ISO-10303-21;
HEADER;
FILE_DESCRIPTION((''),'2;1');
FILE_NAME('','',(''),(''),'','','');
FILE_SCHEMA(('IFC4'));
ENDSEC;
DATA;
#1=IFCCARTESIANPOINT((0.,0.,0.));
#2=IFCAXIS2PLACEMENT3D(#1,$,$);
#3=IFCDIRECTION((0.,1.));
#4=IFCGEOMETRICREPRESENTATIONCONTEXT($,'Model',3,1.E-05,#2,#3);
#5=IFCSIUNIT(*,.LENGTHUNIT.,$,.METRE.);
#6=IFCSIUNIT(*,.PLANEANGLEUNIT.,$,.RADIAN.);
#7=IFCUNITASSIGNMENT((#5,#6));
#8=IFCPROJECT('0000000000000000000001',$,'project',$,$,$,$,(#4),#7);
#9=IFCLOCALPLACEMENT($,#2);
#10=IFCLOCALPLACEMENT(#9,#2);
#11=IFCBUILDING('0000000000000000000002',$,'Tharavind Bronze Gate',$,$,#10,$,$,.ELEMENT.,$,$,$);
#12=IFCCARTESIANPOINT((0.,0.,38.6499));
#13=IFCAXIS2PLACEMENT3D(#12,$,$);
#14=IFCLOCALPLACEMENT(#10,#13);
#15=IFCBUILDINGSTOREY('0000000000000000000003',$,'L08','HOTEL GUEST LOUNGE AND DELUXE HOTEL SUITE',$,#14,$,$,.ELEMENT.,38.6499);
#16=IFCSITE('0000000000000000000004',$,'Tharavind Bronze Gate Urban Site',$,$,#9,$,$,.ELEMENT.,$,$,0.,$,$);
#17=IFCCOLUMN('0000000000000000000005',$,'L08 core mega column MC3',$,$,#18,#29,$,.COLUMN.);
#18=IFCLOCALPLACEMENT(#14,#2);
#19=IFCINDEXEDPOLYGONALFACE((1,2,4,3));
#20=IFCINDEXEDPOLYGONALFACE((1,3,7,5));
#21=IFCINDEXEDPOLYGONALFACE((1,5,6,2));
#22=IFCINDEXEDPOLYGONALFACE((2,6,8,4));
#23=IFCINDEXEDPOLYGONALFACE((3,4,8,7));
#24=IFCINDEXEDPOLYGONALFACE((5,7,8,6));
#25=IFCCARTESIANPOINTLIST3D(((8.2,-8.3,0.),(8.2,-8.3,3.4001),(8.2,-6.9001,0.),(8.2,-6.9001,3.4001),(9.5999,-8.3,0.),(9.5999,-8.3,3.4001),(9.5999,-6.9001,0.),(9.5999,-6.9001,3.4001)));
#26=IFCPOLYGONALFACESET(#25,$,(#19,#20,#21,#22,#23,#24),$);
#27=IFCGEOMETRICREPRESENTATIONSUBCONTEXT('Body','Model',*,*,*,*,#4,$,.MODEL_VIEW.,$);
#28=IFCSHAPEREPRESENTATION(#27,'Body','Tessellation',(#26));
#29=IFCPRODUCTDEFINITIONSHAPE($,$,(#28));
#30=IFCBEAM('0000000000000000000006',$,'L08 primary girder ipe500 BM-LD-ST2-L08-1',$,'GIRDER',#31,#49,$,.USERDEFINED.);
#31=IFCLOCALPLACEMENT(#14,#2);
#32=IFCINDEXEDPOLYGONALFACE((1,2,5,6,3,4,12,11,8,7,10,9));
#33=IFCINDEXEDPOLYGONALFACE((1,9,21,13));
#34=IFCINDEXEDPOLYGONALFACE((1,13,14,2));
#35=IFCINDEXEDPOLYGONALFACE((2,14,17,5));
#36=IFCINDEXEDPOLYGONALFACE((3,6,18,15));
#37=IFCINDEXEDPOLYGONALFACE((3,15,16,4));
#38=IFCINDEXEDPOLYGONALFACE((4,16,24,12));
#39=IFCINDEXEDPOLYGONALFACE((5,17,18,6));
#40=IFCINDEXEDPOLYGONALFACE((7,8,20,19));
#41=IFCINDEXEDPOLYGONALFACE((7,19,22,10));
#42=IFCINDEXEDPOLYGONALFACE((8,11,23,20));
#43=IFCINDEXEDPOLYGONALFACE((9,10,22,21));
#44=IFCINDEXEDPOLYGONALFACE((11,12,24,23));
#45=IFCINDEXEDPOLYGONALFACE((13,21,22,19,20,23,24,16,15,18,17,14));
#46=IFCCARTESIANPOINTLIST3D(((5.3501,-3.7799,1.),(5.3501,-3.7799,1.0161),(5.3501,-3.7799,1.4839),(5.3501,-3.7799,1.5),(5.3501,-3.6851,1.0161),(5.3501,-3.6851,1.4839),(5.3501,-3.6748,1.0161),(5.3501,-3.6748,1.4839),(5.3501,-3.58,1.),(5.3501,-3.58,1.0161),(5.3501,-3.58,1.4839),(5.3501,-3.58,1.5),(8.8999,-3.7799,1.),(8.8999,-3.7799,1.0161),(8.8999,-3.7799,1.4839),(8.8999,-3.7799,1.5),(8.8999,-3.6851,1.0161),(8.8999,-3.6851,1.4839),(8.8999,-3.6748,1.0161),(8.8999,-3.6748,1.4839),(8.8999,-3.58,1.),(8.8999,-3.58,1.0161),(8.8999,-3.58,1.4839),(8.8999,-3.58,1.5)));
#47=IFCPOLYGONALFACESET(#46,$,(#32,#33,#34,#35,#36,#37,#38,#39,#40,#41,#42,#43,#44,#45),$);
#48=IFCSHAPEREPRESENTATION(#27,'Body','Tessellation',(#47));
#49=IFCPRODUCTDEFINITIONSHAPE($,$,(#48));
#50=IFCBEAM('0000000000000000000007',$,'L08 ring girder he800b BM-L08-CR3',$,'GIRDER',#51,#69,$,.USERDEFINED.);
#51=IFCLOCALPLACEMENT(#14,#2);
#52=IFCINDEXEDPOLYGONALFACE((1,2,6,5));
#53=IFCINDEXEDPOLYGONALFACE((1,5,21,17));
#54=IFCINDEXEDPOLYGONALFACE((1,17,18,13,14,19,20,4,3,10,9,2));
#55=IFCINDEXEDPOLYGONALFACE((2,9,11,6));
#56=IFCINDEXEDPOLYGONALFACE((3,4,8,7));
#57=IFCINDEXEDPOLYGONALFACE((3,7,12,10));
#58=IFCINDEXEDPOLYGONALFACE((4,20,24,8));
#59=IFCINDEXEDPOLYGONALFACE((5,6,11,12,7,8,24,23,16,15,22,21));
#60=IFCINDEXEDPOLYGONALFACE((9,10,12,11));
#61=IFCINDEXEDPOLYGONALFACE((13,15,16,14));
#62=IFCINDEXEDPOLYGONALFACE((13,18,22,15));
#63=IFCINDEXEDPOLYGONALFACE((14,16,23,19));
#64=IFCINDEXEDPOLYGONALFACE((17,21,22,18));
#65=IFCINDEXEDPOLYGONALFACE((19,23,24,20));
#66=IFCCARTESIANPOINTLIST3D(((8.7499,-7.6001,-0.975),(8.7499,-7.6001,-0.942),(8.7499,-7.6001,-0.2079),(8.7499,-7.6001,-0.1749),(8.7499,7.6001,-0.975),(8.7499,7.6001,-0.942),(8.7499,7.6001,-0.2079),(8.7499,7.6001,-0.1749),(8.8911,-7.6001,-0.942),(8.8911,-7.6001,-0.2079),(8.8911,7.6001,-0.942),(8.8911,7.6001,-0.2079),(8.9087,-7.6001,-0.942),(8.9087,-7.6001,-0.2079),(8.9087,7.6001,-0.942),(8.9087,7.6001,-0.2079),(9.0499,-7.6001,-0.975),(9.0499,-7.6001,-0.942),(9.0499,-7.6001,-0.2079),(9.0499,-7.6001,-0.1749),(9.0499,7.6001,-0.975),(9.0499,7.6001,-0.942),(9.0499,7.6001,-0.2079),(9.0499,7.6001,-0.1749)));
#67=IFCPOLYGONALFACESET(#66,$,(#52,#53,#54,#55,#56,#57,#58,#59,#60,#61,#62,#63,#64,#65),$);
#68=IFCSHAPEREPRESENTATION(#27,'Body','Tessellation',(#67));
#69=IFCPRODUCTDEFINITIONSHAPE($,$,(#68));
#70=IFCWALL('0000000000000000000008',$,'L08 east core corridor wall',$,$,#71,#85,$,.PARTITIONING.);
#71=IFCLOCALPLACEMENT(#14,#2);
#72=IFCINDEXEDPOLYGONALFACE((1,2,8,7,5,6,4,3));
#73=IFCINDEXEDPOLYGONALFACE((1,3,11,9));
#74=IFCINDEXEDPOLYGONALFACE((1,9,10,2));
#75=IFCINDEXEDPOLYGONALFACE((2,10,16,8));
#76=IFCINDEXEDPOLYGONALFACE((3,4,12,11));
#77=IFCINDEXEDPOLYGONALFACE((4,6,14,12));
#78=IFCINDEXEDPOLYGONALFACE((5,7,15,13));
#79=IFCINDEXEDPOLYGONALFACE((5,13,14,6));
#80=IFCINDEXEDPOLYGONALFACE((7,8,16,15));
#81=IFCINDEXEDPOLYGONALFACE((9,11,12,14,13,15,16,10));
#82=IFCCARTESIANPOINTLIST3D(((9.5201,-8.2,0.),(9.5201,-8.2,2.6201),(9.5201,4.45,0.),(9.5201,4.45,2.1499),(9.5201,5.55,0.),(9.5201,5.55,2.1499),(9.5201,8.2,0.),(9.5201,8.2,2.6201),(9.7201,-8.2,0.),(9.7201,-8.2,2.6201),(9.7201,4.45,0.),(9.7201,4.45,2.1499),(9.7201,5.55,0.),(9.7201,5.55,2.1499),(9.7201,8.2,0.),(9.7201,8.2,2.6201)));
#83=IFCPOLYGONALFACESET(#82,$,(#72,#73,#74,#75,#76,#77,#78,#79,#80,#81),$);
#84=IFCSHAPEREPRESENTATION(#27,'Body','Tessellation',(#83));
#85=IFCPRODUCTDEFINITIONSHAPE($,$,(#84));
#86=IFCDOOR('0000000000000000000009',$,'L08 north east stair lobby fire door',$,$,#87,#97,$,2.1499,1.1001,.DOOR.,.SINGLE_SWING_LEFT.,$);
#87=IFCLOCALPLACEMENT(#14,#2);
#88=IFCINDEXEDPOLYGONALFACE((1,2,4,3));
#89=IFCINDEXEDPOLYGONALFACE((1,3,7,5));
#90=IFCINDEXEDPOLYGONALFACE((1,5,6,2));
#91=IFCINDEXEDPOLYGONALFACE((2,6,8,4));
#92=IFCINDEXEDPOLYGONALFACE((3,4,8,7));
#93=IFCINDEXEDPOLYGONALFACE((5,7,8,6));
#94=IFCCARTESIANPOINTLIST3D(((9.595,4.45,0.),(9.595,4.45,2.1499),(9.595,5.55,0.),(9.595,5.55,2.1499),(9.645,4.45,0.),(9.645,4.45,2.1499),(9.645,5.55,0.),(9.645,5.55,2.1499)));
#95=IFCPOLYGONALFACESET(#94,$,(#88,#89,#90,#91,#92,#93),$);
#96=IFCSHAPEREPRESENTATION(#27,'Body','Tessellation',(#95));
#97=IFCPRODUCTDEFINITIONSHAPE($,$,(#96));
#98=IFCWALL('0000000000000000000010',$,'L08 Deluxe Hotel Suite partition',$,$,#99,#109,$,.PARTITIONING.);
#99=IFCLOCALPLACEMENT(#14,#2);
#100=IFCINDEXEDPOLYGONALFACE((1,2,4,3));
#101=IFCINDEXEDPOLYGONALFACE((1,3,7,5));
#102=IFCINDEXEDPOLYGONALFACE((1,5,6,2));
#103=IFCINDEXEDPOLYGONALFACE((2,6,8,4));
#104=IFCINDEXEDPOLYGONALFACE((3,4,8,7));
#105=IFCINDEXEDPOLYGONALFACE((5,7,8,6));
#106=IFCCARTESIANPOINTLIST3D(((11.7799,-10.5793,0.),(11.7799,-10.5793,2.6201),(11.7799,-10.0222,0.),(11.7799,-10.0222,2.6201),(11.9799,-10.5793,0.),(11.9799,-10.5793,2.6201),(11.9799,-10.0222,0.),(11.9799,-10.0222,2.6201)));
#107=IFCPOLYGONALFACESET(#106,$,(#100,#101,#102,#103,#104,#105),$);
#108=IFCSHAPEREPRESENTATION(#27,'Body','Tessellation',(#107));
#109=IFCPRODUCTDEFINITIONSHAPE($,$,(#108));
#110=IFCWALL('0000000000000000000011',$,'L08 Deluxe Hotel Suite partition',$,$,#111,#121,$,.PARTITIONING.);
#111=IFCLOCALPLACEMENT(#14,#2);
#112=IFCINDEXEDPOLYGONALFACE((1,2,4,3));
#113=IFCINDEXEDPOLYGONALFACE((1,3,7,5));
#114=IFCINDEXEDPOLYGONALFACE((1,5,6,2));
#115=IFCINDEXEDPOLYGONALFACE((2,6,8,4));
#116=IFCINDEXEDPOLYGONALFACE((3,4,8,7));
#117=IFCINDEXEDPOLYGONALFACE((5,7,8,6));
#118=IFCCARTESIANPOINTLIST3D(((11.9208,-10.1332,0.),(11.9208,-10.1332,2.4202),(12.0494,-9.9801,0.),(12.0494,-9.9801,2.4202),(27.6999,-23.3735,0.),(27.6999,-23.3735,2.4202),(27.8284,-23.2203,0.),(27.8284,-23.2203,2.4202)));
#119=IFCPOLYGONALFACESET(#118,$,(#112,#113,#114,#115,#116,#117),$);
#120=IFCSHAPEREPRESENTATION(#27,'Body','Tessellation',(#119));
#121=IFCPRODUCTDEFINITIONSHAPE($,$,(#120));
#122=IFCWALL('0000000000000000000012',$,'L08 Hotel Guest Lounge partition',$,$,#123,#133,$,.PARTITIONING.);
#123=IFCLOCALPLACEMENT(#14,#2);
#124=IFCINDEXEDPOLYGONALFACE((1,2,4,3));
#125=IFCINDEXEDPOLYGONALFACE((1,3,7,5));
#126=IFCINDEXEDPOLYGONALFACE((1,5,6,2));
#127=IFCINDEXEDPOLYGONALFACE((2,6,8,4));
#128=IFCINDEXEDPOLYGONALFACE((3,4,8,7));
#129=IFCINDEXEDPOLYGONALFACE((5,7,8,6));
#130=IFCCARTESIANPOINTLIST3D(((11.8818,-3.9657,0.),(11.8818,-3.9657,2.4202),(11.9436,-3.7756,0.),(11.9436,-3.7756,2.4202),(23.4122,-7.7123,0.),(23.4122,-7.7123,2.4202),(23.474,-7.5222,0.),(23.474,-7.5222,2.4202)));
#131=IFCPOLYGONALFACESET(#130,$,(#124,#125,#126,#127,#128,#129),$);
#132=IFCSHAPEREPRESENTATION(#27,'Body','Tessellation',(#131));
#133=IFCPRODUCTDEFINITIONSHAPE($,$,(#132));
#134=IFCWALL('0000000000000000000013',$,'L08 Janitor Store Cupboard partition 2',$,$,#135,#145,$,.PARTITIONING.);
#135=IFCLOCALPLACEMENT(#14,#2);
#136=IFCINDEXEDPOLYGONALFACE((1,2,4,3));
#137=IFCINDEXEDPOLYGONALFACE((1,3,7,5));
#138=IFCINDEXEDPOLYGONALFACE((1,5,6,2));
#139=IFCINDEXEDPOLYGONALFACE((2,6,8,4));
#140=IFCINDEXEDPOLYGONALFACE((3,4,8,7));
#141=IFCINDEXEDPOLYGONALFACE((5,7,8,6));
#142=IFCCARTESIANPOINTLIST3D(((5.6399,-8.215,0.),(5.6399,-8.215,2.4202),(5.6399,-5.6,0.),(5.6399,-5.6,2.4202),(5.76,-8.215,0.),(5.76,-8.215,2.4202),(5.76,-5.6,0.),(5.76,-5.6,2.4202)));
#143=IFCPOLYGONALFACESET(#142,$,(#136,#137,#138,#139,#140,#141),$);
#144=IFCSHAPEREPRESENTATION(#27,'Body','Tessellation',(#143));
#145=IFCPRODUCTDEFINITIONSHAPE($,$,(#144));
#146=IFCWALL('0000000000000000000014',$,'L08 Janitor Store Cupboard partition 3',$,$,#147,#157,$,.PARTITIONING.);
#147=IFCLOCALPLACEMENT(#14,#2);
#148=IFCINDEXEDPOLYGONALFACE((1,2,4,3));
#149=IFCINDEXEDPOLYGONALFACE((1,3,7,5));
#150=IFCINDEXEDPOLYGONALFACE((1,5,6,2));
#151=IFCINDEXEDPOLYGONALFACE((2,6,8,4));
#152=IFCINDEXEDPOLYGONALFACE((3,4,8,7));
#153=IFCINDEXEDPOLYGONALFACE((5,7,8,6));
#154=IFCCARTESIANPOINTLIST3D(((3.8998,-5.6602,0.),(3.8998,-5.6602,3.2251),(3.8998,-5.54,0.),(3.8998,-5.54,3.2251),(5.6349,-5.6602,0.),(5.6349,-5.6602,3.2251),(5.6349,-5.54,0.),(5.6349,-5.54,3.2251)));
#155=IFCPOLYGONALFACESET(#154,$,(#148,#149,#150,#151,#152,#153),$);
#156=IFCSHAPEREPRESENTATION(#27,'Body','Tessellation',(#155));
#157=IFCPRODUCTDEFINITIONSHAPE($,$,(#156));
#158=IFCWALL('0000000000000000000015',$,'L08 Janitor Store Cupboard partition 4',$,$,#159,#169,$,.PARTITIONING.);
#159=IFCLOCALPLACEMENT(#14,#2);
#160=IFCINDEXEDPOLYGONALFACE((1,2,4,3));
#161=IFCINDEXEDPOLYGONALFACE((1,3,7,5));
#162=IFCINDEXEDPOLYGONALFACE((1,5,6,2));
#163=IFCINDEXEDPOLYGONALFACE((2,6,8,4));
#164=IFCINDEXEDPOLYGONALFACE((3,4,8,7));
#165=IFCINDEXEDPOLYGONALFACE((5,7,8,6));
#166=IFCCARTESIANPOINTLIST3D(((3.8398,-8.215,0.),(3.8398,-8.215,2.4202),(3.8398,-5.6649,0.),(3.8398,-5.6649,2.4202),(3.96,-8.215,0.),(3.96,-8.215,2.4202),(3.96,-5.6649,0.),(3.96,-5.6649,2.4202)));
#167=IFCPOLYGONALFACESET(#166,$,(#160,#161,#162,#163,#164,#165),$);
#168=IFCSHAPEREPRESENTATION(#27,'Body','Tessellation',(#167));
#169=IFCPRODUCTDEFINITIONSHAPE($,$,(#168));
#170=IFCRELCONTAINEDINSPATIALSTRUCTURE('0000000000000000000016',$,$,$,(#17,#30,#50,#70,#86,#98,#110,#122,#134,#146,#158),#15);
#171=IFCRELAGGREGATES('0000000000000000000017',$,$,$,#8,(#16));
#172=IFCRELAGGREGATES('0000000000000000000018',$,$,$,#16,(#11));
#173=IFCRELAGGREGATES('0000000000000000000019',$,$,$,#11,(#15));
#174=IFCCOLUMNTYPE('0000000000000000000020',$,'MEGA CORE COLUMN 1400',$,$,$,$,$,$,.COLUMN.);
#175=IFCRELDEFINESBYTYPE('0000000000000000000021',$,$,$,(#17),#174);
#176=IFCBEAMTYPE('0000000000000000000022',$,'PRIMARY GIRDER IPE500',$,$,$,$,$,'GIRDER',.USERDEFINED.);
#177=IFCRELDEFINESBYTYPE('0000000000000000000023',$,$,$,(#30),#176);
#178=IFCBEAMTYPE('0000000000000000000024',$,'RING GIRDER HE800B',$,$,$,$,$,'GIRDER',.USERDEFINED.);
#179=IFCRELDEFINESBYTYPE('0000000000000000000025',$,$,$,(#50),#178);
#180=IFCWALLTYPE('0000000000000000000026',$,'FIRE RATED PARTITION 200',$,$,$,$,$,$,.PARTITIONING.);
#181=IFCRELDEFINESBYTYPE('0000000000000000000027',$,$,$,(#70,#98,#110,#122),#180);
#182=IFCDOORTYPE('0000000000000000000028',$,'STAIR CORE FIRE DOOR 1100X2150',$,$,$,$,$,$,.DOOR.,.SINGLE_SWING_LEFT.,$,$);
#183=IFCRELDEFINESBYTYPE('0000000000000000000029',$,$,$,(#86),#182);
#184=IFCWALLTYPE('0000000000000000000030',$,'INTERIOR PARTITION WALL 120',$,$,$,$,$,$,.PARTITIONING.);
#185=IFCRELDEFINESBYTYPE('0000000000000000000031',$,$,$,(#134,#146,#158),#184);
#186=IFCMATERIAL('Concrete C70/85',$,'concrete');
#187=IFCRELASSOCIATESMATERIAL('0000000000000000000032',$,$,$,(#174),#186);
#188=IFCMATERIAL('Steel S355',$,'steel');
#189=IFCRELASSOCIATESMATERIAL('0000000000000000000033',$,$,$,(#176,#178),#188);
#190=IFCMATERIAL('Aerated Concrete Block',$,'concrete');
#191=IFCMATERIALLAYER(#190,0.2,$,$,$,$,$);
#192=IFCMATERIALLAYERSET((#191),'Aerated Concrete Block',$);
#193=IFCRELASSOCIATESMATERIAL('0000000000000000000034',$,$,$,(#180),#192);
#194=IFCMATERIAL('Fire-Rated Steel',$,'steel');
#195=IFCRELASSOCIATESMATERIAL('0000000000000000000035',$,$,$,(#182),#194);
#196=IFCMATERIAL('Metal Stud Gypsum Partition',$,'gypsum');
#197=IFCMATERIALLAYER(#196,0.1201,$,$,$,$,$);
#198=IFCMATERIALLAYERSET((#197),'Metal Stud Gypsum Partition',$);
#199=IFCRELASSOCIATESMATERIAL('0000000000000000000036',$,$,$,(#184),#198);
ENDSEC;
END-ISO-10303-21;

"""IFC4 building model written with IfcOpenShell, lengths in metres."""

from ifc_helpers import new_model, si_unit, direction, frame, frame_2d, origin, origin_2d, place, context, subcontext, project, spatial, rectangle, i_section, extrude, material, layer, layer_set, material_profile, profile_set, type_object, element, fill, save


model = new_model("IFC4")

# Units and contexts
model_context = context("Model", 3, precision=1e-05, world=origin(), true_north=direction((0.0, 1.0)))
body_context = subcontext(model_context, "Body", "Model", "MODEL_VIEW")
ifc_project = project(units=[si_unit("LENGTHUNIT", "METRE"), si_unit("PLANEANGLEUNIT", "RADIAN")], contexts=[model_context])

# Site, building, storey
site_placement = place(None, origin())
site = spatial("IfcSite", under=ifc_project, at=site_placement, Name="Tharavind Bronze Gate Urban Site", CompositionType="ELEMENT", RefElevation=0.0)
building_placement = place(site_placement, origin())
building = spatial("IfcBuilding", under=site, at=building_placement, Name="Tharavind Bronze Gate", CompositionType="ELEMENT")
storey_placement = place(building_placement, frame((0.0, 0.0, 38.6499)))
storey = spatial("IfcBuildingStorey", under=building, at=storey_placement, Name="L08", Description="HOTEL GUEST LOUNGE AND DELUXE HOTEL SUITE", CompositionType="ELEMENT", Elevation=38.6499)

# Column
ifc_material_1 = material(Name="Concrete C70/85", Category="concrete")
ifc_material_profile_1 = material_profile(ifc_material_1, rectangle(XDim=1.3999, YDim=1.3999, at=origin_2d()), Name="RCCOL1400")
ifc_profile_set_1 = profile_set([ifc_material_profile_1], Name="Concrete C70/85")
column_type = type_object("IfcColumnType", Name="MEGA CORE COLUMN 1400", PredefinedType="COLUMN", material=ifc_profile_set_1)
column_placement = place(storey_placement, frame((8.8999, -7.6001, 0.0), z_axis=(0.0, 0.0, 1.0), x_axis=(1.0, 0.0, 0.0)))
element("IfcColumn", 1, at=column_placement, inside=storey, type_object=column_type, Name="L08 core mega column MC3", PredefinedType="COLUMN", context=body_context, shape_type="SweptSolid", body=[
    extrude(rectangle(XDim=1.3999, YDim=1.3999, at=origin_2d()), origin(), (0.0, 0.0, 1.0), 3.4001),
])

# Beams
ifc_material_2 = material(Name="Steel S355", Category="steel")
ifc_material_profile_2 = material_profile(ifc_material_2, i_section(OverallWidth=0.2, OverallDepth=0.5, WebThickness=0.0103, FlangeThickness=0.0161, at=origin_2d()), Name="IPE500")
ifc_profile_set_2 = profile_set([ifc_material_profile_2], Name="Steel S355")
beam_type_1 = type_object("IfcBeamType", Name="PRIMARY GIRDER IPE500", ElementType="GIRDER", PredefinedType="USERDEFINED", material=ifc_profile_set_2)
beam_1_placement = place(storey_placement, frame((5.3501, -3.6799, 1.25), z_axis=(1.0, 0.0, 0.0), x_axis=(0.0, 1.0, 0.0)))
element("IfcBeam", 2, at=beam_1_placement, inside=storey, type_object=beam_type_1, Name="L08 primary girder ipe500 BM-LD-ST2-L08-1", ObjectType="GIRDER", PredefinedType="USERDEFINED", context=body_context, shape_type="SweptSolid", body=[
    extrude(i_section(OverallWidth=0.2, OverallDepth=0.5, WebThickness=0.0103, FlangeThickness=0.0161, at=origin_2d()), origin(), (0.0, 0.0, 1.0), 3.5498),
])
ifc_material_profile_3 = material_profile(ifc_material_2, i_section(OverallWidth=0.3, OverallDepth=0.8, WebThickness=0.0176, FlangeThickness=0.033, at=origin_2d()), Name="HE800B")
ifc_profile_set_3 = profile_set([ifc_material_profile_3], Name="Steel S355")
beam_type_2 = type_object("IfcBeamType", Name="RING GIRDER HE800B", ElementType="GIRDER", PredefinedType="USERDEFINED", material=ifc_profile_set_3)
beam_2_placement = place(storey_placement, frame((8.8999, -7.6001, -0.575), z_axis=(0.0, 1.0, 0.0), x_axis=(-1.0, 0.0, 0.0)))
element("IfcBeam", 3, at=beam_2_placement, inside=storey, type_object=beam_type_2, Name="L08 ring girder he800b BM-L08-CR3", ObjectType="GIRDER", PredefinedType="USERDEFINED", context=body_context, shape_type="SweptSolid", body=[
    extrude(i_section(OverallWidth=0.3, OverallDepth=0.8, WebThickness=0.0176, FlangeThickness=0.033, at=origin_2d()), origin(), (0.0, 0.0, 1.0), 15.2002),
])

# Wall, opening, door
ifc_material_3 = material(Name="Aerated Concrete Block", Category="concrete")
ifc_layer_1 = layer(ifc_material_3, 0.2)
ifc_layer_set_1 = layer_set([ifc_layer_1], Name="Aerated Concrete Block")
wall_type_1 = type_object("IfcWallType", Name="FIRE RATED PARTITION 200", PredefinedType="PARTITIONING", material=ifc_layer_set_1)
wall_1_placement = place(storey_placement, frame((9.6201, -8.2, 0.0), z_axis=(0.0, 0.0, 1.0), x_axis=(0.0, 1.0, 0.0)))
wall_1 = element("IfcWall", 4, at=wall_1_placement, inside=storey, type_object=wall_type_1, Name="L08 east core corridor wall", PredefinedType="PARTITIONING", context=body_context, shape_type="SweptSolid", body=[
    extrude(rectangle(XDim=16.3999, YDim=0.2, at=frame_2d((8.2, 0.0))), origin(), (0.0, 0.0, 1.0), 2.6201),
])
opening_1_placement = place(wall_1_placement, frame((12.6499, 0.0, 0.0)))
opening_1 = element("IfcOpeningElement", 5, at=opening_1_placement, cuts=wall_1, PredefinedType="OPENING", context=body_context, shape_type="SweptSolid", body=[
    extrude(rectangle(XDim=1.1001, YDim=2.1499, at=frame_2d((0.55, 1.075))), frame((0.0, 0.1101, 0.0), z_axis=(0.0, -1.0, 0.0), x_axis=(1.0, 0.0, 0.0)), (0.0, 0.0, 1.0), 0.22),
])
ifc_material_4 = material(Name="Fire-Rated Steel", Category="steel")
door_type_1 = type_object("IfcDoorType", Name="STAIR CORE FIRE DOOR 1100X2150", OperationType="SINGLE_SWING_LEFT", PredefinedType="DOOR", material=ifc_material_4)
door_1_placement = place(opening_1_placement, frame((1.1001, 0.0, 0.0), z_axis=(0.0, 0.0, 1.0), x_axis=(-1.0, 0.0, 0.0)))
door_1 = element("IfcDoor", 6, at=door_1_placement, inside=storey, type_object=door_type_1, Name="L08 north east stair lobby fire door", OperationType="SINGLE_SWING_LEFT", OverallHeight=2.1499, OverallWidth=1.1001, PredefinedType="DOOR", context=body_context, shape_type="SweptSolid", body=[
    extrude(rectangle(XDim=1.1001, YDim=2.1499, at=frame_2d((0.55, 1.075))), frame((0.0, 0.0249, 0.0), z_axis=(0.0, -1.0, 0.0), x_axis=(1.0, 0.0, 0.0)), (0.0, 0.0, 1.0), 0.05),
])
fill(opening_1, door_1)

# Walls
wall_2_placement = place(storey_placement, frame((11.8799, -10.5793, 0.0), z_axis=(0.0, 0.0, 1.0), x_axis=(0.0, 1.0, 0.0)))
element("IfcWall", 7, at=wall_2_placement, inside=storey, type_object=wall_type_1, Name="L08 Deluxe Hotel Suite partition", PredefinedType="PARTITIONING", context=body_context, shape_type="SweptSolid", body=[
    extrude(rectangle(XDim=0.5571, YDim=0.2, at=frame_2d((0.2786, 0.0))), origin(), (0.0, 0.0, 1.0), 2.6201),
])
wall_3_placement = place(storey_placement, frame((11.9851, -10.0566, 0.0), z_axis=(0.0, 0.0, 1.0), x_axis=(0.766044, -0.642789, 0.0)))
element("IfcWall", 8, at=wall_3_placement, inside=storey, type_object=wall_type_1, Name="L08 Deluxe Hotel Suite partition", PredefinedType="PARTITIONING", context=body_context, shape_type="SweptSolid", body=[
    extrude(rectangle(XDim=20.5981, YDim=0.2, at=frame_2d((10.2991, 0.0))), origin(), (0.0, 0.0, 1.0), 2.4202),
])

# Wall
wall_4_placement = place(storey_placement, frame((11.9126, -3.8706, 0.0), z_axis=(0.0, 0.0, 1.0), x_axis=(0.951052, -0.30903, 0.0)))
element("IfcWall", 9, at=wall_4_placement, inside=storey, type_object=wall_type_1, Name="L08 Hotel Guest Lounge partition", PredefinedType="PARTITIONING", context=body_context, shape_type="SweptSolid", body=[
    extrude(rectangle(XDim=12.1238, YDim=0.2, at=frame_2d((6.062, 0.0))), origin(), (0.0, 0.0, 1.0), 2.4202),
])

# Walls
ifc_material_5 = material(Name="Metal Stud Gypsum Partition", Category="gypsum")
ifc_layer_2 = layer(ifc_material_5, 0.1201)
ifc_layer_set_2 = layer_set([ifc_layer_2], Name="Metal Stud Gypsum Partition")
wall_type_2 = type_object("IfcWallType", Name="INTERIOR PARTITION WALL 120", PredefinedType="PARTITIONING", material=ifc_layer_set_2)
wall_5_placement = place(storey_placement, frame((5.7, -8.2151, 0.0), z_axis=(0.0, 0.0, 1.0), x_axis=(0.0, 1.0, 0.0)))
element("IfcWall", 10, at=wall_5_placement, inside=storey, type_object=wall_type_2, Name="L08 Janitor Store Cupboard partition 2", PredefinedType="PARTITIONING", context=body_context, shape_type="SweptSolid", body=[
    extrude(rectangle(XDim=2.615, YDim=0.1201, at=frame_2d((1.3076, 0.0))), origin(), (0.0, 0.0, 1.0), 2.4202),
])
wall_6_placement = place(storey_placement, frame((5.635, -5.6001, 0.0), z_axis=(0.0, 0.0, 1.0), x_axis=(-1.0, 0.0, 0.0)))
element("IfcWall", 11, at=wall_6_placement, inside=storey, type_object=wall_type_2, Name="L08 Janitor Store Cupboard partition 3", PredefinedType="PARTITIONING", context=body_context, shape_type="SweptSolid", body=[
    extrude(rectangle(XDim=1.7351, YDim=0.1201, at=frame_2d((0.8677, 0.0))), origin(), (0.0, 0.0, 1.0), 3.2251),
])
wall_7_placement = place(storey_placement, frame((3.8999, -5.665, 0.0), z_axis=(0.0, 0.0, 1.0), x_axis=(0.0, -1.0, 0.0)))
element("IfcWall", 12, at=wall_7_placement, inside=storey, type_object=wall_type_2, Name="L08 Janitor Store Cupboard partition 4", PredefinedType="PARTITIONING", context=body_context, shape_type="SweptSolid", body=[
    extrude(rectangle(XDim=2.55, YDim=0.1201, at=frame_2d((1.2749, 0.0))), origin(), (0.0, 0.0, 1.0), 2.4202),
])

save(model, "model.ifc")
